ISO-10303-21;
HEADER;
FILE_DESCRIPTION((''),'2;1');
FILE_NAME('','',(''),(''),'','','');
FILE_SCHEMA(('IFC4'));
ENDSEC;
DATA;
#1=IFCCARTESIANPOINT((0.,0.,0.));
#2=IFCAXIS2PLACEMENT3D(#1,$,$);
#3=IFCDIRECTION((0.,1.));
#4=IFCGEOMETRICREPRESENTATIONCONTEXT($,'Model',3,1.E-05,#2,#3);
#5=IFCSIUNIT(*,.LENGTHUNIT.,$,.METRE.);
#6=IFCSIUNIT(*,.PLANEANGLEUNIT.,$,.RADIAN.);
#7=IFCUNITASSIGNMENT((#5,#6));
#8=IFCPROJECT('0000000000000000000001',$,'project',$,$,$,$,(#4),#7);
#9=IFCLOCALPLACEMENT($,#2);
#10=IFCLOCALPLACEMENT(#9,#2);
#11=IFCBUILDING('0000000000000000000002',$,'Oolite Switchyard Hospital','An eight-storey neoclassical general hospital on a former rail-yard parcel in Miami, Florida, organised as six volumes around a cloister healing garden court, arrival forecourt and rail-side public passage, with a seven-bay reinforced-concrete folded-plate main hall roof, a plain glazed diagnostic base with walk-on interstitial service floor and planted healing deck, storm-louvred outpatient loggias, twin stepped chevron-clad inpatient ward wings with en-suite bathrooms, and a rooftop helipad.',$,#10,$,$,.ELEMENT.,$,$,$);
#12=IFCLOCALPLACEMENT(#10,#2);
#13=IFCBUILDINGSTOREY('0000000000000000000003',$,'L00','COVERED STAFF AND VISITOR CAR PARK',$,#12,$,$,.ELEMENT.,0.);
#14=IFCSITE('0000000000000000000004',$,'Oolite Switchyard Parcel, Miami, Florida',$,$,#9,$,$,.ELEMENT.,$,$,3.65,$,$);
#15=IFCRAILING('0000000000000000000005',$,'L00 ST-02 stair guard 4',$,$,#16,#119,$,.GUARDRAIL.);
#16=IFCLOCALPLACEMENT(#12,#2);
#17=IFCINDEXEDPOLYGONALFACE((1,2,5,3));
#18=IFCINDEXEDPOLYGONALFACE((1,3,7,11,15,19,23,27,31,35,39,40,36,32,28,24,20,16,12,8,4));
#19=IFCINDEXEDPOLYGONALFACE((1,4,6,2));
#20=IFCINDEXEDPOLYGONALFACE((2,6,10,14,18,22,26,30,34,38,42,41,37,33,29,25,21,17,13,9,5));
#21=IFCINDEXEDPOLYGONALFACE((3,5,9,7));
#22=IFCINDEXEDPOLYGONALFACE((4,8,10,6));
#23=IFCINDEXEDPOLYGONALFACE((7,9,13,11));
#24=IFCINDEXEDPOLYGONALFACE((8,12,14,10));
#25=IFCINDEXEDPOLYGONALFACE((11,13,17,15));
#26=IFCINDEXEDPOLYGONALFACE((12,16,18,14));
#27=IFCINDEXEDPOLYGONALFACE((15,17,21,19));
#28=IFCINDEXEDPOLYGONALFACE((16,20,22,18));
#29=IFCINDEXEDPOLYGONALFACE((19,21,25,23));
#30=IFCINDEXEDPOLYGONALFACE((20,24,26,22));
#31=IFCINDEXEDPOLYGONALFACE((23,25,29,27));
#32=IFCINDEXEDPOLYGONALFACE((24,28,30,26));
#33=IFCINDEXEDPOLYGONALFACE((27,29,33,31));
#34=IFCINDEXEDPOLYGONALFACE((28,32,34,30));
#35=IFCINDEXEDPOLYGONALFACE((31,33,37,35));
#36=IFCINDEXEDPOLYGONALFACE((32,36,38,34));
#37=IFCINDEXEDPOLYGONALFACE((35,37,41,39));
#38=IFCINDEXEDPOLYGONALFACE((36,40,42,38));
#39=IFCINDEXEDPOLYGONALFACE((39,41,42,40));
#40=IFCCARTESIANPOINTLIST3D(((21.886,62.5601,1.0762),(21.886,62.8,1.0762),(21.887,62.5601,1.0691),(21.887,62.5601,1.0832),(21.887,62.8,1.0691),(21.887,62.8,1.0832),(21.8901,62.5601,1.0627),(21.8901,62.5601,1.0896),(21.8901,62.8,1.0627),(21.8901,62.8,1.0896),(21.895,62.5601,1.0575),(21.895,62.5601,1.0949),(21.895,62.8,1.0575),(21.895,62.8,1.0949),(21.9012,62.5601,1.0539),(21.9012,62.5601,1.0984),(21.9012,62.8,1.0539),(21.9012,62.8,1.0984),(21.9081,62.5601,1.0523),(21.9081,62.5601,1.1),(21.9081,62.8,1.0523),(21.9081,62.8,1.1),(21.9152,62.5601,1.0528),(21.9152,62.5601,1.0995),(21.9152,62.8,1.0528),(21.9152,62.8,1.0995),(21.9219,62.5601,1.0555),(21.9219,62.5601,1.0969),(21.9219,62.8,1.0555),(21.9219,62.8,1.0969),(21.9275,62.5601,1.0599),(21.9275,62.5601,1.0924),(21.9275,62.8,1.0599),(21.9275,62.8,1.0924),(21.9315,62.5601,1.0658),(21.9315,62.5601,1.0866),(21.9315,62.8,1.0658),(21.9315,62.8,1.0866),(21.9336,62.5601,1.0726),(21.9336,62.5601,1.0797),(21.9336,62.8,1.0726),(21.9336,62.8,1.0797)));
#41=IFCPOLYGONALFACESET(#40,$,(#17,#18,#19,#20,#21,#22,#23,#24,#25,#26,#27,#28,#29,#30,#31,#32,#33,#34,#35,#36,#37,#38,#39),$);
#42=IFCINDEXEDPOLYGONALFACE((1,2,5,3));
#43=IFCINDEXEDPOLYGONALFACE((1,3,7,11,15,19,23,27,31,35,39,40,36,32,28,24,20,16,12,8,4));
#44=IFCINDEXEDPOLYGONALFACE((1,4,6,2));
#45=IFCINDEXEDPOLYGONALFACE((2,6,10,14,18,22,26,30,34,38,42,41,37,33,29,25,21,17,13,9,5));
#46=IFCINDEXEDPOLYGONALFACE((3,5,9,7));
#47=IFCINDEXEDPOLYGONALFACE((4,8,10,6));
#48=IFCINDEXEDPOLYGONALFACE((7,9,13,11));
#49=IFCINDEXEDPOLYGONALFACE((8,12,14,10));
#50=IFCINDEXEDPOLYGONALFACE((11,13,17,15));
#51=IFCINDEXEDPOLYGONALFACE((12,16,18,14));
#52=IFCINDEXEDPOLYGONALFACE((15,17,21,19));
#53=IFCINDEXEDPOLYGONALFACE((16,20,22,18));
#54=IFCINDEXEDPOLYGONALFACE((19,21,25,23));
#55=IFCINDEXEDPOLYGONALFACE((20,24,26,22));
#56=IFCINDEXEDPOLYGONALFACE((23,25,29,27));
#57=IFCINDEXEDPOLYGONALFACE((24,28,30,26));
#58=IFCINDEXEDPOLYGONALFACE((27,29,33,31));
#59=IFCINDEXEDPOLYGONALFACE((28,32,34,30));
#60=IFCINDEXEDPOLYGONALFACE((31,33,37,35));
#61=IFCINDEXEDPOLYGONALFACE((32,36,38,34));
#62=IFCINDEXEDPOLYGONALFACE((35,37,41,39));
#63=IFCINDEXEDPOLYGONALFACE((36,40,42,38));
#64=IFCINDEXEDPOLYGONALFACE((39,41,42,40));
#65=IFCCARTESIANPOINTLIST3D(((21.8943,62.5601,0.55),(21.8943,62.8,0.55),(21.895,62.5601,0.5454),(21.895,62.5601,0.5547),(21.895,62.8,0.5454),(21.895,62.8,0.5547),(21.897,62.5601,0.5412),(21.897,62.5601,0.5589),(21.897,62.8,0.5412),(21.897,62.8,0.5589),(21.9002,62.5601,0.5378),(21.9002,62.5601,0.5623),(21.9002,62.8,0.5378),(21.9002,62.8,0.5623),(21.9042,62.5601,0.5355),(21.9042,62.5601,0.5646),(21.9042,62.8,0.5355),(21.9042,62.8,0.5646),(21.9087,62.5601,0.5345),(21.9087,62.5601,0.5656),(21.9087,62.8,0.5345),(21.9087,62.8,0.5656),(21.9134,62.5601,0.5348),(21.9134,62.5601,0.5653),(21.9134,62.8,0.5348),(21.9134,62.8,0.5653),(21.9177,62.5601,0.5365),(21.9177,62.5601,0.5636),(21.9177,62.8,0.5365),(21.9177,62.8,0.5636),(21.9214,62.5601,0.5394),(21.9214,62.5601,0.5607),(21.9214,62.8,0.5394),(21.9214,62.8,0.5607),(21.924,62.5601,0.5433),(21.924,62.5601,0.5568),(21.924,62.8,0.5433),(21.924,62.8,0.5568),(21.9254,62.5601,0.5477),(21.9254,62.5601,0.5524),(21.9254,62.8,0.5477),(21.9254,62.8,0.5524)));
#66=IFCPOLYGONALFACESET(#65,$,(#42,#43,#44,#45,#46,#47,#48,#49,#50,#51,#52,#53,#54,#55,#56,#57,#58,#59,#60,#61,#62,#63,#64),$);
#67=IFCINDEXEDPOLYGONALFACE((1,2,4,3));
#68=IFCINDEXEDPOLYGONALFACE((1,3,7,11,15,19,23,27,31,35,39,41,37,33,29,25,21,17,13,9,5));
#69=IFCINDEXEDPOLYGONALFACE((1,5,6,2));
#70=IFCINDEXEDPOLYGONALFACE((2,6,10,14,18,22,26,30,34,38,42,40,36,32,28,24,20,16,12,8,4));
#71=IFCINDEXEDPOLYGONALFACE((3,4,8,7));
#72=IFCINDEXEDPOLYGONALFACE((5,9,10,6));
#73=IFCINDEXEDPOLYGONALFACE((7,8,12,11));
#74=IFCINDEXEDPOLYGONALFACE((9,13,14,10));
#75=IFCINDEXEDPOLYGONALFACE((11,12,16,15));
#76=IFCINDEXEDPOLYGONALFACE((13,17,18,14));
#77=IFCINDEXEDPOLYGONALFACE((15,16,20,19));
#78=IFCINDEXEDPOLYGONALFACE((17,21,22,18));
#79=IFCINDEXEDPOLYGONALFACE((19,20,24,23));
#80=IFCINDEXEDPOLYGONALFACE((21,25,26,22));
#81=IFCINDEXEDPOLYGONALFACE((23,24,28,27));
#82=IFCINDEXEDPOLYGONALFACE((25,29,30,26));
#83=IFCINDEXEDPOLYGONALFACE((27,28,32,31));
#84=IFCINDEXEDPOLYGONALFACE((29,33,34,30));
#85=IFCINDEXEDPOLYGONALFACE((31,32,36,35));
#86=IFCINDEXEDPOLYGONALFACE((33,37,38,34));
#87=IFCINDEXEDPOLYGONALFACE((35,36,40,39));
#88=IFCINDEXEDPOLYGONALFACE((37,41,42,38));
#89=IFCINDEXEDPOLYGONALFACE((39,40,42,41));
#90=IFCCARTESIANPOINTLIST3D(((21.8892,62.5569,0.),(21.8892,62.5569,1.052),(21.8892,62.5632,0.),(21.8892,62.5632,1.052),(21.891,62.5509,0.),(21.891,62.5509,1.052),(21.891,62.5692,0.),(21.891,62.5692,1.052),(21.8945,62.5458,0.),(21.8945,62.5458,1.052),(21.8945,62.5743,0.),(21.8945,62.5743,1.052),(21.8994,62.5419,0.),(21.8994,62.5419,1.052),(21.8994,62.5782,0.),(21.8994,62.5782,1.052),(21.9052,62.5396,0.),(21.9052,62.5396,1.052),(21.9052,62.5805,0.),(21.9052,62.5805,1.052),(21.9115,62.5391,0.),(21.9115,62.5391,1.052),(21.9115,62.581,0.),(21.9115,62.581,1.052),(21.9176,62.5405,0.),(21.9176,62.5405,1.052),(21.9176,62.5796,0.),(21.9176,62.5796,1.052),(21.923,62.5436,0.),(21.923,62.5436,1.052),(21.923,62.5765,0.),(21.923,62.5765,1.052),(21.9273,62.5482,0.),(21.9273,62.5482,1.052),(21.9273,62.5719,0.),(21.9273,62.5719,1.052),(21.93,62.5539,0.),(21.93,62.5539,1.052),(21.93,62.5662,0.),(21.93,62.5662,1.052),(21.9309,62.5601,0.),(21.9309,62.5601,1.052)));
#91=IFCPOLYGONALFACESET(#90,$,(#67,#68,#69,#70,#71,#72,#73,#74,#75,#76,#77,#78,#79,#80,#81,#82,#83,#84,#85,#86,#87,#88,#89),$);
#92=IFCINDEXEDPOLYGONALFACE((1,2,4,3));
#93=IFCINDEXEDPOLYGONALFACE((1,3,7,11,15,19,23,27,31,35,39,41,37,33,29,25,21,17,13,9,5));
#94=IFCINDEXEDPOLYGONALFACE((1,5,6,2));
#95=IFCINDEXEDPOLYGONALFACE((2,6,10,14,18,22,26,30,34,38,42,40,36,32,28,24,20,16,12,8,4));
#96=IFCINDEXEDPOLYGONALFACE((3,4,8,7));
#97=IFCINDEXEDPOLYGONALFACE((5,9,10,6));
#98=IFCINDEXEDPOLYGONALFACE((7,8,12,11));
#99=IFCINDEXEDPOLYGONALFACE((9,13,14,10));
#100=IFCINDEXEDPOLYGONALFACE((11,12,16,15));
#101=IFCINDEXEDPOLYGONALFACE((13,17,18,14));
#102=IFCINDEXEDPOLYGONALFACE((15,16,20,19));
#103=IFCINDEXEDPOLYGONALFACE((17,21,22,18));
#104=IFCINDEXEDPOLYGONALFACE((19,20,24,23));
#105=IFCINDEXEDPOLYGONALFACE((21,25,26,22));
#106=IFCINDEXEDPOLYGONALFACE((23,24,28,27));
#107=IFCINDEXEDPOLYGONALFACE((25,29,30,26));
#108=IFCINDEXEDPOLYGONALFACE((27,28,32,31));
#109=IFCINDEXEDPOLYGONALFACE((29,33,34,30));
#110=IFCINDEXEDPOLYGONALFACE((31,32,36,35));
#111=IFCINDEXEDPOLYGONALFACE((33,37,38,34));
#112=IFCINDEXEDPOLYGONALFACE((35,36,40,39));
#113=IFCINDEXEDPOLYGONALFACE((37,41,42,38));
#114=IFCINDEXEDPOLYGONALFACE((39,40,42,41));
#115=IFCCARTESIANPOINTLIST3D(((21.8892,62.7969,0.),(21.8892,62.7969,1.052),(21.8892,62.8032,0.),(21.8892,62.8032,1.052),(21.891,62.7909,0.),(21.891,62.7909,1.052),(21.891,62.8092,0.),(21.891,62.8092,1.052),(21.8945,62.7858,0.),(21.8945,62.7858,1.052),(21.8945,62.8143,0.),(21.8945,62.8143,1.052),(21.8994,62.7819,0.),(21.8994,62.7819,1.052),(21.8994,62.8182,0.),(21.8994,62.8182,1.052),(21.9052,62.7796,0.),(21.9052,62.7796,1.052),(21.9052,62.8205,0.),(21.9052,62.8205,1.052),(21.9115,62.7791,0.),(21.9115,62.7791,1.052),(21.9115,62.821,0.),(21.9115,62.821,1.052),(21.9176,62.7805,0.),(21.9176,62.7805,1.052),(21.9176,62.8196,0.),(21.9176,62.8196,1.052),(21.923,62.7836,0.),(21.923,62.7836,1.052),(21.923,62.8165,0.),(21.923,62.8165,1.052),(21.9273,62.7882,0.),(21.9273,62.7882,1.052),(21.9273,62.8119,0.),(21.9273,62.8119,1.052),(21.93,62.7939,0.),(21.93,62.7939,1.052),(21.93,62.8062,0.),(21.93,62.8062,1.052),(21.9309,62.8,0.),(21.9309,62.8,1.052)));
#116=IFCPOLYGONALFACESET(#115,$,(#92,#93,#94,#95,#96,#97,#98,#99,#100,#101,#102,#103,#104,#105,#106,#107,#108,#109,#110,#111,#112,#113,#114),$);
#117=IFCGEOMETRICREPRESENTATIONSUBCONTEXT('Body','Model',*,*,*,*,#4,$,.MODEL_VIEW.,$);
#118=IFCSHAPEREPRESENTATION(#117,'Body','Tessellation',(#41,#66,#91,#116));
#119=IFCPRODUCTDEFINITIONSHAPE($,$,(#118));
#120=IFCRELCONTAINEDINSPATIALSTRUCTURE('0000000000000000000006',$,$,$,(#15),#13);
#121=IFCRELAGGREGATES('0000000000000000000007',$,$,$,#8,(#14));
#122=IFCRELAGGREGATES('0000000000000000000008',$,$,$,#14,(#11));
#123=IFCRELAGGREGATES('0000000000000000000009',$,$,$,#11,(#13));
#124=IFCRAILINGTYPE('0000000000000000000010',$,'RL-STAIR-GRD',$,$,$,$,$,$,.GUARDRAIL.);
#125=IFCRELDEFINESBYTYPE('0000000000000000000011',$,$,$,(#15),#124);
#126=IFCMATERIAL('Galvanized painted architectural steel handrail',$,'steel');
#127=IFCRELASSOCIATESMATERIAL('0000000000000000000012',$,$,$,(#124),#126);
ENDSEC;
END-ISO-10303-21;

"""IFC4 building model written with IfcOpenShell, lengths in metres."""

from ifc_helpers import new_model, si_unit, direction, frame, origin, origin_2d, place, context, subcontext, project, spatial, circle, extrude, material, type_object, element, save


model = new_model("IFC4")

# Units and contexts
model_context = context("Model", 3, precision=1e-05, world=origin(), true_north=direction((0.0, 1.0)))
body_context = subcontext(model_context, "Body", "Model", "MODEL_VIEW")
ifc_project = project(units=[si_unit("LENGTHUNIT", "METRE"), si_unit("PLANEANGLEUNIT", "RADIAN")], contexts=[model_context])

# Site, building, storey
site_placement = place(None, origin())
site = spatial("IfcSite", under=ifc_project, at=site_placement, Name="Oolite Switchyard Parcel, Miami, Florida", CompositionType="ELEMENT", RefElevation=3.65)
building_placement = place(site_placement, origin())
building = spatial("IfcBuilding", under=site, at=building_placement, Name="Oolite Switchyard Hospital", Description="An eight-storey neoclassical general hospital on a former rail-yard parcel in Miami, Florida, organised as six volumes around a cloister healing garden court, arrival forecourt and rail-side public passage, with a seven-bay reinforced-concrete folded-plate main hall roof, a plain glazed diagnostic base with walk-on interstitial service floor and planted healing deck, storm-louvred outpatient loggias, twin stepped chevron-clad inpatient ward wings with en-suite bathrooms, and a rooftop helipad.", CompositionType="ELEMENT")
storey_placement = place(building_placement, origin())
storey = spatial("IfcBuildingStorey", under=building, at=storey_placement, Name="L00", Description="COVERED STAFF AND VISITOR CAR PARK", CompositionType="ELEMENT", Elevation=0.0)

# Railing
ifc_material_1 = material(Name="Galvanized painted architectural steel handrail", Category="steel")
railing_type_1 = type_object("IfcRailingType", Name="RL-STAIR-GRD", PredefinedType="GUARDRAIL", material=ifc_material_1)
railing_1_placement = place(storey_placement, frame((21.9099, 62.5601, 0.0)))
element("IfcRailing", 1, at=railing_1_placement, inside=storey, type_object=railing_type_1, Name="L00 ST-02 stair guard 4", PredefinedType="GUARDRAIL", context=body_context, shape_type="SweptSolid", body=[
    extrude(circle(Radius=0.0239, at=origin_2d()), frame((0.0, 0.0, 1.0762), z_axis=(0.0, 1.0, 0.0), x_axis=(-1.0, 0.0, 0.0)), (0.0, 0.0, 1.0), 0.24),
    extrude(circle(Radius=0.0156, at=origin_2d()), frame((0.0, 0.0, 0.55), z_axis=(0.0, 1.0, 0.0), x_axis=(-1.0, 0.0, 0.0)), (0.0, 0.0, 1.0), 0.24),
    extrude(circle(Radius=0.021, at=origin_2d()), origin(), (0.0, 0.0, 1.0), 1.052),
    extrude(circle(Radius=0.021, at=origin_2d()), frame((0.0, 0.24, 0.0)), (0.0, 0.0, 1.0), 1.052),
])

save(model, "model.ifc")
